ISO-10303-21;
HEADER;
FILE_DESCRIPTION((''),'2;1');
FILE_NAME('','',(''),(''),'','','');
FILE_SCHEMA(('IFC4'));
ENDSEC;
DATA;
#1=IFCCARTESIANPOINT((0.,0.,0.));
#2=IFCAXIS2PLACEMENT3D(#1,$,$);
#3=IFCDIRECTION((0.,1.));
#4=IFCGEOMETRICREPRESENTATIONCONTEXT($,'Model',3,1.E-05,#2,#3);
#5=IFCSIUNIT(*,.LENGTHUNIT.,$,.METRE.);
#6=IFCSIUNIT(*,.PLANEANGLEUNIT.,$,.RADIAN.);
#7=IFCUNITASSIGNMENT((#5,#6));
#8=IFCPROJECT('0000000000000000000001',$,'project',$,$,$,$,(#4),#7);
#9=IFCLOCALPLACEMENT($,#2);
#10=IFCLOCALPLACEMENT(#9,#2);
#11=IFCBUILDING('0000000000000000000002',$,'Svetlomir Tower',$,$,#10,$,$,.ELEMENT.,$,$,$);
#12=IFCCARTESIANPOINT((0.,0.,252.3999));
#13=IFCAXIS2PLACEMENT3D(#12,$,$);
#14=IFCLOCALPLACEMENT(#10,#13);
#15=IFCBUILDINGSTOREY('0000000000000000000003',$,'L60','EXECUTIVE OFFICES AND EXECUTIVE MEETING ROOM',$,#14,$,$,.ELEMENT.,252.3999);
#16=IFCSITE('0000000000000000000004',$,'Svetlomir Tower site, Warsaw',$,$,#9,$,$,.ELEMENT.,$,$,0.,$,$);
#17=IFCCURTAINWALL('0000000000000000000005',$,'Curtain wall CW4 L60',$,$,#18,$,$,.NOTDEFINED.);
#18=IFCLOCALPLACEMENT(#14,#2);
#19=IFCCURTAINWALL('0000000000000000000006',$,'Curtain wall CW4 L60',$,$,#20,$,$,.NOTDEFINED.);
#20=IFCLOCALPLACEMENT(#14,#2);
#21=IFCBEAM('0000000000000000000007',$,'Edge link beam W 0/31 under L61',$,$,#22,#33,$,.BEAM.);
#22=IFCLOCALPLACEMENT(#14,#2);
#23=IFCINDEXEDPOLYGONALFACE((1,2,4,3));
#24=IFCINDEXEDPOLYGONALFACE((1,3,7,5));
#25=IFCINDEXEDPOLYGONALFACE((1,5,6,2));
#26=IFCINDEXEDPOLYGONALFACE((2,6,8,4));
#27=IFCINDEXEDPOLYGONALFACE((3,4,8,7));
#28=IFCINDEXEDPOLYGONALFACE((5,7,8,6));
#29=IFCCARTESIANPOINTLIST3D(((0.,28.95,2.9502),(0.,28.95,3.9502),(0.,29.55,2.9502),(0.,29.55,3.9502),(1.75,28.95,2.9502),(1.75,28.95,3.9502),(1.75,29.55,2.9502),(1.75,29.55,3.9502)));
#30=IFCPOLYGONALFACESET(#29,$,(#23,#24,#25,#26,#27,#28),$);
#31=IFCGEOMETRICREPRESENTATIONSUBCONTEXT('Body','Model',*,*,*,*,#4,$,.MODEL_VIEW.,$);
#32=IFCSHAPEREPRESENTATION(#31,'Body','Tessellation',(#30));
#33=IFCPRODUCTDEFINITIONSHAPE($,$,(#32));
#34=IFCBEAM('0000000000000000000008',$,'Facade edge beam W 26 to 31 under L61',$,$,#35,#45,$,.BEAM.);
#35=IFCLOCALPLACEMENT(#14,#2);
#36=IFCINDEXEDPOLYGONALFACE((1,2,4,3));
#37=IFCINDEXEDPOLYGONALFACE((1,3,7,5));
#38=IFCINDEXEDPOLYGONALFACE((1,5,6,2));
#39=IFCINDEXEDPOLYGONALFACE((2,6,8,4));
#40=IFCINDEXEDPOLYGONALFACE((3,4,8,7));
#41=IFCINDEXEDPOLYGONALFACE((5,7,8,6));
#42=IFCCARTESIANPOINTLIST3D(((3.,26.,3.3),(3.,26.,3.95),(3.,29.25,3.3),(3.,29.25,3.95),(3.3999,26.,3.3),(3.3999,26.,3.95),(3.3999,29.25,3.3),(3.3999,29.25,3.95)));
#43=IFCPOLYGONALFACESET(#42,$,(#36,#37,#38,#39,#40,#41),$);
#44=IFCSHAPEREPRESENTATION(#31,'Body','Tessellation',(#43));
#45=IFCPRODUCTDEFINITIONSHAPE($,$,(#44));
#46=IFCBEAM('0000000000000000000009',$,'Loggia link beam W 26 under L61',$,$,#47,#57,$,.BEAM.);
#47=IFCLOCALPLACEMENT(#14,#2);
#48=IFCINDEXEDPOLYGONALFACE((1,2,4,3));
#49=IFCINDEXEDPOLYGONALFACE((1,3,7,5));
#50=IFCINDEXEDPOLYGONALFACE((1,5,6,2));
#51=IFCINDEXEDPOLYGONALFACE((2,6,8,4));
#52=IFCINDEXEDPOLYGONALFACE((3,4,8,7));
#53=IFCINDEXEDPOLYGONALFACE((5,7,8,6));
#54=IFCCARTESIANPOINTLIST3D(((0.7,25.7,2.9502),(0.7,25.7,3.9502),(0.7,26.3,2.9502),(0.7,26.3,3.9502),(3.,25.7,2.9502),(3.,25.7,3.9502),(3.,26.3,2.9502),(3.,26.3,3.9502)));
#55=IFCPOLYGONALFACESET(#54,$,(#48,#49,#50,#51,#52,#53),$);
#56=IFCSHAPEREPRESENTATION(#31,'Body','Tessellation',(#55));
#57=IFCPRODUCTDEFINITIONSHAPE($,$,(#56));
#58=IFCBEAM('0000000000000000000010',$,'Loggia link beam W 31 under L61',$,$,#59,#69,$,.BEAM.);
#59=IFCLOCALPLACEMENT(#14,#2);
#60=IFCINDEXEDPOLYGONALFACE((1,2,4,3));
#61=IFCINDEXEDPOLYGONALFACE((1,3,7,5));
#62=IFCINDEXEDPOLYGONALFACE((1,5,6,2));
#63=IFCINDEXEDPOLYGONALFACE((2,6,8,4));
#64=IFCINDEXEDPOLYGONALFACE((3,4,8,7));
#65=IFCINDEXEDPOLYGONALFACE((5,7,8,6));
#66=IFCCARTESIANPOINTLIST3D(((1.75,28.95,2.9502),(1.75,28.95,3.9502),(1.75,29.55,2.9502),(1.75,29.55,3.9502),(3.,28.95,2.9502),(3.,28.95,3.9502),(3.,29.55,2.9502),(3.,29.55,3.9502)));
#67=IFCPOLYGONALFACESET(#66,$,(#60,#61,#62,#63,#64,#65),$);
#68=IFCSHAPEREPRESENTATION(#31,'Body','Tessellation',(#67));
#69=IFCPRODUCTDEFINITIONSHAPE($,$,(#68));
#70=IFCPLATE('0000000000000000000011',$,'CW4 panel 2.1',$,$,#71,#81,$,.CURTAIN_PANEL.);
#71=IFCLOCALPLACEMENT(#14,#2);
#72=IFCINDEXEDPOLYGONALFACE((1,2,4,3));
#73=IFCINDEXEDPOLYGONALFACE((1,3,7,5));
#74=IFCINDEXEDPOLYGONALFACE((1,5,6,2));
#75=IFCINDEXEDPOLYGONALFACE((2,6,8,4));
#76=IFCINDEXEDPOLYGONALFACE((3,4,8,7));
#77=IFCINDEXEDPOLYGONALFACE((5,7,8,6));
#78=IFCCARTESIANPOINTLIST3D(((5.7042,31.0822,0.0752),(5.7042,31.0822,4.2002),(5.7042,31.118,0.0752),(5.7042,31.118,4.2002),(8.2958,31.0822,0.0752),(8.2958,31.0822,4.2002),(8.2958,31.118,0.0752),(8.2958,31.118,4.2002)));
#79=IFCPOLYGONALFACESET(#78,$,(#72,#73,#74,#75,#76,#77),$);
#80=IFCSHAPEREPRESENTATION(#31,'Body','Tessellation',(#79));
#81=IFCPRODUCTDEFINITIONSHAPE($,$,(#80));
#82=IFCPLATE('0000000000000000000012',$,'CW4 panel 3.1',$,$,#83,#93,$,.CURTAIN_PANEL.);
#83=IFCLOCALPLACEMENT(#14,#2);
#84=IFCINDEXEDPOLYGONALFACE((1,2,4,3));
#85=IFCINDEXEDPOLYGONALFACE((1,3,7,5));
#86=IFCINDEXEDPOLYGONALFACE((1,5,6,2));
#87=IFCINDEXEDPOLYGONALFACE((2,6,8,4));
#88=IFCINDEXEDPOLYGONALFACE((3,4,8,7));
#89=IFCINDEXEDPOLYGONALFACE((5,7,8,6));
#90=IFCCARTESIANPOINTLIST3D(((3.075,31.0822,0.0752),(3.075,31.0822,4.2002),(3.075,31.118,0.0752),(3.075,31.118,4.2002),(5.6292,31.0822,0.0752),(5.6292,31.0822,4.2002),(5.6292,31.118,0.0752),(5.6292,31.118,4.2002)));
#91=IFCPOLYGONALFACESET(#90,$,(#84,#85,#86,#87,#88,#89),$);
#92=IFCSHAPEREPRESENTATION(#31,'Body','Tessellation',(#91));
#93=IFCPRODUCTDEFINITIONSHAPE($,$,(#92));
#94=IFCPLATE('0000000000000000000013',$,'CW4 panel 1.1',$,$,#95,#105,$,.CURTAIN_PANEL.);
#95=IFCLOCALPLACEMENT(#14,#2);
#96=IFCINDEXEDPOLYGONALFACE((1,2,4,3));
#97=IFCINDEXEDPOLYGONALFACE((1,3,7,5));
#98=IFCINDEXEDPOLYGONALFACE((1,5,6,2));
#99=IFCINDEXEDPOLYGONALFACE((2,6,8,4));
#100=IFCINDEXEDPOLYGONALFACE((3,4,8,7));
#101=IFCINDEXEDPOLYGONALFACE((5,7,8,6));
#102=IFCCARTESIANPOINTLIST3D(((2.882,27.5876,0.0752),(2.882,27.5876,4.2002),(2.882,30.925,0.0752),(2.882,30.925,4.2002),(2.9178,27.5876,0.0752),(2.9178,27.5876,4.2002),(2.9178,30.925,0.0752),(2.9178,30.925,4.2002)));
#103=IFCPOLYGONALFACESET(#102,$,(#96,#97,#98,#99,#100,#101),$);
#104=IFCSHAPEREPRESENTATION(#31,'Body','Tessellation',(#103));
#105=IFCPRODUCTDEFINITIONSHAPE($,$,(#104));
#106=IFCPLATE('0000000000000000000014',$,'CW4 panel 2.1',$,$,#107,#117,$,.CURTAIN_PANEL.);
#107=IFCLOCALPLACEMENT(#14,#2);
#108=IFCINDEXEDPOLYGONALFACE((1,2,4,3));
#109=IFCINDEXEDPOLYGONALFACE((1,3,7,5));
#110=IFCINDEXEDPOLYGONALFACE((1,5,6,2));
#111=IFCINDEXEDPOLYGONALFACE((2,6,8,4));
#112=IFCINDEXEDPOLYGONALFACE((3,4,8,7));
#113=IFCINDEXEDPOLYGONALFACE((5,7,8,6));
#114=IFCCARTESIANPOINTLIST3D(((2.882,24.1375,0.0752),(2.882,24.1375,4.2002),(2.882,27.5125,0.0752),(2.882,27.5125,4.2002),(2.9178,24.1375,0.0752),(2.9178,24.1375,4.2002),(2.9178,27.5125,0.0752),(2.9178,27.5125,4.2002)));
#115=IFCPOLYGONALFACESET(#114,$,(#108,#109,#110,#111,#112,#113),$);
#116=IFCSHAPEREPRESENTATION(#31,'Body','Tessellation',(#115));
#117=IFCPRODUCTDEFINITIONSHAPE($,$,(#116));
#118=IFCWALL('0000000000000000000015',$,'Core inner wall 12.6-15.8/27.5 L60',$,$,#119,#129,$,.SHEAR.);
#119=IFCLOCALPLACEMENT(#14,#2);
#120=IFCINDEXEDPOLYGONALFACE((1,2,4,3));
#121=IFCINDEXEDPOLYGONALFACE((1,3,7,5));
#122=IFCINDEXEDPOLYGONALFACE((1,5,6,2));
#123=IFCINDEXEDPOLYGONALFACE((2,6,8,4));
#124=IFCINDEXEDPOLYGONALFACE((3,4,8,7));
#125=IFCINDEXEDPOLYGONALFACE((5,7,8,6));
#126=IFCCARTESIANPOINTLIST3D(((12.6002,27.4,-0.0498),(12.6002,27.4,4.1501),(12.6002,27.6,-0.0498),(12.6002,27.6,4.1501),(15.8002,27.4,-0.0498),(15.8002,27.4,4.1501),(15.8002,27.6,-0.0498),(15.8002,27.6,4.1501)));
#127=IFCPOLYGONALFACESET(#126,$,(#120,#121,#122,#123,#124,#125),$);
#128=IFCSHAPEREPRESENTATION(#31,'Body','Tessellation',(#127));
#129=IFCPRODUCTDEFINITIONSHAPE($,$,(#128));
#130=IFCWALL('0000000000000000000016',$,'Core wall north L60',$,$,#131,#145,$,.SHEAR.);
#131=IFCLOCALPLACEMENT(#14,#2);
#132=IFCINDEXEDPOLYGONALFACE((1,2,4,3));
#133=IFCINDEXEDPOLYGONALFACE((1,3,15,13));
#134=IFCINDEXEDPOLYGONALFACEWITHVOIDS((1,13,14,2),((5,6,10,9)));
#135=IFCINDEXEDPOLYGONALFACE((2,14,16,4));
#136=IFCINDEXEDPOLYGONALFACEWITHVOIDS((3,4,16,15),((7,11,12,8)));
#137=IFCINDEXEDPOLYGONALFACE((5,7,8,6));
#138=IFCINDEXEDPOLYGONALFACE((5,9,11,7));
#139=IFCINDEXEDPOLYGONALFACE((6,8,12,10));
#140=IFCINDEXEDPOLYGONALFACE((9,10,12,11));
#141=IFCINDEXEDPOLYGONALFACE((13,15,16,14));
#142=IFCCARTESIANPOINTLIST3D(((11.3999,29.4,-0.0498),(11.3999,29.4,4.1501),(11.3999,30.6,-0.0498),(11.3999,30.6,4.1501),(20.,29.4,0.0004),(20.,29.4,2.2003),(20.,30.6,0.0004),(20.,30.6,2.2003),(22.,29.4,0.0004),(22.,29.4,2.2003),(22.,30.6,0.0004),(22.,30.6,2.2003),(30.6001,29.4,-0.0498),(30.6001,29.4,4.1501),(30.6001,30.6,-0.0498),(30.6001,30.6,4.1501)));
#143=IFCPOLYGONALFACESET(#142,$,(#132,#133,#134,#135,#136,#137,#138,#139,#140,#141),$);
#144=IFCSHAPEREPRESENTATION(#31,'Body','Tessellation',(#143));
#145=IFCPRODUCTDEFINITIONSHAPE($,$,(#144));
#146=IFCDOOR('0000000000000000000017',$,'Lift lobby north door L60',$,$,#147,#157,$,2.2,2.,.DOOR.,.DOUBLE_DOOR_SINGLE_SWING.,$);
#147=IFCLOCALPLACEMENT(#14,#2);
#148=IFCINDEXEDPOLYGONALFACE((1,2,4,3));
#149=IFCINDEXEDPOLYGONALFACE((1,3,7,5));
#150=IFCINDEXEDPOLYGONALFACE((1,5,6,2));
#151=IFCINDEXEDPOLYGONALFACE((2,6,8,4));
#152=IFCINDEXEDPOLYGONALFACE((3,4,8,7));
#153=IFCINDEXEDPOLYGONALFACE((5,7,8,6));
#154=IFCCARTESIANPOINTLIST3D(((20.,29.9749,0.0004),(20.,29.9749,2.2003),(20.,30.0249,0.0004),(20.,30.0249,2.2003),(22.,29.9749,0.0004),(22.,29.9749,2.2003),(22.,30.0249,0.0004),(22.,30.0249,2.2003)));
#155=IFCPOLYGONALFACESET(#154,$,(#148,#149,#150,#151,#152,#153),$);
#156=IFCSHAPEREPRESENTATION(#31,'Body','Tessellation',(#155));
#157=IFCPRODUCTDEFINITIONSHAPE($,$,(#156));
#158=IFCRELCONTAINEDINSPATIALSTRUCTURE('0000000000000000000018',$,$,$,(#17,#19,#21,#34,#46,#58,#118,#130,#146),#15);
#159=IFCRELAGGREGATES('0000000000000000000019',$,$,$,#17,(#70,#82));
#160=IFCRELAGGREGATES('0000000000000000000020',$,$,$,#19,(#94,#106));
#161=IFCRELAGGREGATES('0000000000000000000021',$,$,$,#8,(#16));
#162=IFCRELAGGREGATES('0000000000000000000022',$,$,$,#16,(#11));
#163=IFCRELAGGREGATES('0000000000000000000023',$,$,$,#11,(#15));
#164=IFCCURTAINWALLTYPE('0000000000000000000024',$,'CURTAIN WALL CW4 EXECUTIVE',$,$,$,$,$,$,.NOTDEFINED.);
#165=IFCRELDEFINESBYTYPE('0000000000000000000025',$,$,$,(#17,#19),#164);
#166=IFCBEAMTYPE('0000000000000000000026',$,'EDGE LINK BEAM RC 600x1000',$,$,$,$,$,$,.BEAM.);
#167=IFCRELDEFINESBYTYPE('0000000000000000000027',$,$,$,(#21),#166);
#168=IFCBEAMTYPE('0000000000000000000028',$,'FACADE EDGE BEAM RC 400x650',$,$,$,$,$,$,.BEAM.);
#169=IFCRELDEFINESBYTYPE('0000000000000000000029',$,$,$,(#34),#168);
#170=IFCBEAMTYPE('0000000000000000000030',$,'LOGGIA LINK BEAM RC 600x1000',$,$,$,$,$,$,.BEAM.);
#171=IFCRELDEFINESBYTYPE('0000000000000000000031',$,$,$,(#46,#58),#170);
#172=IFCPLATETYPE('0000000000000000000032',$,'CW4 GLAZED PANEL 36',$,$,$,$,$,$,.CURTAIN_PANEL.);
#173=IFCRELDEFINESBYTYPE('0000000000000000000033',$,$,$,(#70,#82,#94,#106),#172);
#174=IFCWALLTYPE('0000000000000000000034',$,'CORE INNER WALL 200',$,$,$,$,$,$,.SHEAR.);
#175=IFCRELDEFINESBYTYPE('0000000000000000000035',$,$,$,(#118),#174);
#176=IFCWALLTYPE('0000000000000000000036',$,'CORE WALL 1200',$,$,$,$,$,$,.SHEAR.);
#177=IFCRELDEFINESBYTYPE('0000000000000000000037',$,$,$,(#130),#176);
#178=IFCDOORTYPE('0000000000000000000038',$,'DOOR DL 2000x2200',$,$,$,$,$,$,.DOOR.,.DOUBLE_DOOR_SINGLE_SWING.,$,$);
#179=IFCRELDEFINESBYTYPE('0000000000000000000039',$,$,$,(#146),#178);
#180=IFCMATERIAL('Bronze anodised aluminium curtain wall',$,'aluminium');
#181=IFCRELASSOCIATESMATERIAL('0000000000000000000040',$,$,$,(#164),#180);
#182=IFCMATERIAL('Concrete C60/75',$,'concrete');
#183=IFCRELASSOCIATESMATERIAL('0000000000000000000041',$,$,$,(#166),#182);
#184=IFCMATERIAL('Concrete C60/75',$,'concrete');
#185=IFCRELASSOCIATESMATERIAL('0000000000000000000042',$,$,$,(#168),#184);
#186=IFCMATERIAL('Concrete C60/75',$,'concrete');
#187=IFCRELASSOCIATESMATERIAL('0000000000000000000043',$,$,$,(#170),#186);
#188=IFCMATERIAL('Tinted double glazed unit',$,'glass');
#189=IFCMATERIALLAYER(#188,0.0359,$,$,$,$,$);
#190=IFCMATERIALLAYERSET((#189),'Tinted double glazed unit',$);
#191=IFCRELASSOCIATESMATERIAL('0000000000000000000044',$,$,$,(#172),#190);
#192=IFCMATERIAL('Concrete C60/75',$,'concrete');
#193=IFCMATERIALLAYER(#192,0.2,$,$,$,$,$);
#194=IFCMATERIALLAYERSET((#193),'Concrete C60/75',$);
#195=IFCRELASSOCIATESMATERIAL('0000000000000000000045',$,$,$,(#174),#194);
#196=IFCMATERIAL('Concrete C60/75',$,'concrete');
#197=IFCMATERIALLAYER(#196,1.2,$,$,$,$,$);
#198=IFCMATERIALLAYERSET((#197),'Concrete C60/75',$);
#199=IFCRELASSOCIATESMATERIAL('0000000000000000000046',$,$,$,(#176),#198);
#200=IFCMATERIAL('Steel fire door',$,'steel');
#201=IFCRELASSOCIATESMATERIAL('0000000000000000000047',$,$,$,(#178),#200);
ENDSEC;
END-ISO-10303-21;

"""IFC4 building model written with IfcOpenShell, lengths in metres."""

from ifc_helpers import new_model, si_unit, direction, frame, frame_2d, origin, origin_2d, place, context, subcontext, project, spatial, rectangle, extrude, material, layer, layer_set, material_profile, profile_set, type_object, element, fill, aggregate, save


model = new_model("IFC4")

# Units and contexts
model_context = context("Model", 3, precision=1e-05, world=origin(), true_north=direction((0.0, 1.0)))
body_context = subcontext(model_context, "Body", "Model", "MODEL_VIEW")
ifc_project = project(units=[si_unit("LENGTHUNIT", "METRE"), si_unit("PLANEANGLEUNIT", "RADIAN")], contexts=[model_context])

# Site, building, storey
site_placement = place(None, origin())
site = spatial("IfcSite", under=ifc_project, at=site_placement, Name="Svetlomir Tower site, Warsaw", CompositionType="ELEMENT", RefElevation=0.0)
building_placement = place(site_placement, origin())
building = spatial("IfcBuilding", under=site, at=building_placement, Name="Svetlomir Tower", CompositionType="ELEMENT")
storey_placement = place(building_placement, frame((0.0, 0.0, 252.3999)))
storey = spatial("IfcBuildingStorey", under=building, at=storey_placement, Name="L60", Description="EXECUTIVE OFFICES AND EXECUTIVE MEETING ROOM", CompositionType="ELEMENT", Elevation=252.3999)

# Shared definitions
ifc_material_1 = material(Name="Bronze anodised aluminium curtain wall", Category="aluminium")
curtain_wall_type = type_object("IfcCurtainWallType", Name="CURTAIN WALL CW4 EXECUTIVE", PredefinedType="NOTDEFINED", material=ifc_material_1)

# Curtain walls
curtain_wall_1_placement = place(storey_placement, origin())
curtain_wall_1 = element("IfcCurtainWall", 1, at=curtain_wall_1_placement, inside=storey, type_object=curtain_wall_type, Name="Curtain wall CW4 L60", PredefinedType="NOTDEFINED")
curtain_wall_2_placement = place(storey_placement, origin())
curtain_wall_2 = element("IfcCurtainWall", 2, at=curtain_wall_2_placement, inside=storey, type_object=curtain_wall_type, Name="Curtain wall CW4 L60", PredefinedType="NOTDEFINED")

# Beams
ifc_material_2 = material(Name="Concrete C60/75", Category="concrete")
ifc_material_profile_1 = material_profile(ifc_material_2, rectangle(XDim=0.6001, YDim=1.0, at=origin_2d()), Name="RC 600x1000")
ifc_profile_set_1 = profile_set([ifc_material_profile_1], Name="Concrete C60/75")
beam_type_1 = type_object("IfcBeamType", Name="EDGE LINK BEAM RC 600x1000", PredefinedType="BEAM", material=ifc_profile_set_1)
beam_1_placement = place(storey_placement, frame((1.75, 29.25, 3.4502), z_axis=(-1.0, 0.0, 0.0), x_axis=(0.0, -1.0, 0.0)))
element("IfcBeam", 3, at=beam_1_placement, inside=storey, type_object=beam_type_1, Name="Edge link beam W 0/31 under L61", PredefinedType="BEAM", context=body_context, shape_type="SweptSolid", body=[
    extrude(rectangle(XDim=0.6001, YDim=1.0, at=origin_2d()), origin(), (0.0, 0.0, 1.0), 1.75),
])
ifc_material_3 = material(Name="Concrete C60/75", Category="concrete")
ifc_material_profile_2 = material_profile(ifc_material_3, rectangle(XDim=0.3999, YDim=0.6499, at=origin_2d()), Name="RC 400x650")
ifc_profile_set_2 = profile_set([ifc_material_profile_2], Name="Concrete C60/75")
beam_type_2 = type_object("IfcBeamType", Name="FACADE EDGE BEAM RC 400x650", PredefinedType="BEAM", material=ifc_profile_set_2)
beam_2_placement = place(storey_placement, frame((3.2, 26.0, 3.625), z_axis=(0.0, 1.0, 0.0), x_axis=(-1.0, 0.0, 0.0)))
element("IfcBeam", 4, at=beam_2_placement, inside=storey, type_object=beam_type_2, Name="Facade edge beam W 26 to 31 under L61", PredefinedType="BEAM", context=body_context, shape_type="SweptSolid", body=[
    extrude(rectangle(XDim=0.3999, YDim=0.6499, at=origin_2d()), origin(), (0.0, 0.0, 1.0), 3.25),
])
ifc_material_4 = material(Name="Concrete C60/75", Category="concrete")
ifc_material_profile_3 = material_profile(ifc_material_4, rectangle(XDim=0.6001, YDim=1.0, at=origin_2d()), Name="RC 600x1000")
ifc_profile_set_3 = profile_set([ifc_material_profile_3], Name="Concrete C60/75")
beam_type_3 = type_object("IfcBeamType", Name="LOGGIA LINK BEAM RC 600x1000", PredefinedType="BEAM", material=ifc_profile_set_3)
beam_3_placement = place(storey_placement, frame((0.7, 26.0, 3.4502), z_axis=(1.0, 0.0, 0.0), x_axis=(0.0, 1.0, 0.0)))
element("IfcBeam", 5, at=beam_3_placement, inside=storey, type_object=beam_type_3, Name="Loggia link beam W 26 under L61", PredefinedType="BEAM", context=body_context, shape_type="SweptSolid", body=[
    extrude(rectangle(XDim=0.6001, YDim=1.0, at=origin_2d()), origin(), (0.0, 0.0, 1.0), 2.3),
])
beam_4_placement = place(storey_placement, frame((1.75, 29.25, 3.4502), z_axis=(1.0, 0.0, 0.0), x_axis=(0.0, 1.0, 0.0)))
element("IfcBeam", 6, at=beam_4_placement, inside=storey, type_object=beam_type_3, Name="Loggia link beam W 31 under L61", PredefinedType="BEAM", context=body_context, shape_type="SweptSolid", body=[
    extrude(rectangle(XDim=0.6001, YDim=1.0, at=origin_2d()), origin(), (0.0, 0.0, 1.0), 1.25),
])

# Plates
ifc_material_5 = material(Name="Tinted double glazed unit", Category="glass")
ifc_layer_1 = layer(ifc_material_5, 0.0359)
ifc_layer_set_1 = layer_set([ifc_layer_1], Name="Tinted double glazed unit")
plate_type = type_object("IfcPlateType", Name="CW4 GLAZED PANEL 36", PredefinedType="CURTAIN_PANEL", material=ifc_layer_set_1)
plate_1_placement = place(storey_placement, frame((7.0, 31.1001, 0.0752), z_axis=(0.0, 0.0, 1.0), x_axis=(-1.0, 0.0, 0.0)))
plate_1 = element("IfcPlate", 7, at=plate_1_placement, type_object=plate_type, Name="CW4 panel 2.1", PredefinedType="CURTAIN_PANEL", context=body_context, shape_type="SweptSolid", body=[
    extrude(rectangle(XDim=2.5916, YDim=0.0359, at=origin_2d()), origin(), (0.0, 0.0, 1.0), 4.125),
])
plate_2_placement = place(storey_placement, frame((4.3521, 31.1001, 0.0752), z_axis=(0.0, 0.0, 1.0), x_axis=(-1.0, 0.0, 0.0)))
plate_2 = element("IfcPlate", 8, at=plate_2_placement, type_object=plate_type, Name="CW4 panel 3.1", PredefinedType="CURTAIN_PANEL", context=body_context, shape_type="SweptSolid", body=[
    extrude(rectangle(XDim=2.5542, YDim=0.0359, at=origin_2d()), origin(), (0.0, 0.0, 1.0), 4.125),
])
aggregate(curtain_wall_1, [plate_1, plate_2])
plate_3_placement = place(storey_placement, frame((2.8999, 29.2563, 0.0752), z_axis=(0.0, 0.0, 1.0), x_axis=(0.0, -1.0, 0.0)))
plate_3 = element("IfcPlate", 9, at=plate_3_placement, type_object=plate_type, Name="CW4 panel 1.1", PredefinedType="CURTAIN_PANEL", context=body_context, shape_type="SweptSolid", body=[
    extrude(rectangle(XDim=3.3374, YDim=0.0359, at=origin_2d()), origin(), (0.0, 0.0, 1.0), 4.125),
])
plate_4_placement = place(storey_placement, frame((2.8999, 25.825, 0.0752), z_axis=(0.0, 0.0, 1.0), x_axis=(0.0, -1.0, 0.0)))
plate_4 = element("IfcPlate", 10, at=plate_4_placement, type_object=plate_type, Name="CW4 panel 2.1", PredefinedType="CURTAIN_PANEL", context=body_context, shape_type="SweptSolid", body=[
    extrude(rectangle(XDim=3.375, YDim=0.0359, at=origin_2d()), origin(), (0.0, 0.0, 1.0), 4.125),
])
aggregate(curtain_wall_2, [plate_3, plate_4])

# Wall
ifc_material_6 = material(Name="Concrete C60/75", Category="concrete")
ifc_layer_2 = layer(ifc_material_6, 0.2)
ifc_layer_set_2 = layer_set([ifc_layer_2], Name="Concrete C60/75")
wall_type_1 = type_object("IfcWallType", Name="CORE INNER WALL 200", PredefinedType="SHEAR", material=ifc_layer_set_2)
wall_1_placement = place(storey_placement, frame((12.6001, 27.5, -0.0498), z_axis=(0.0, 0.0, 1.0), x_axis=(1.0, 0.0, 0.0)))
element("IfcWall", 11, at=wall_1_placement, inside=storey, type_object=wall_type_1, Name="Core inner wall 12.6-15.8/27.5 L60", PredefinedType="SHEAR", context=body_context, shape_type="SweptSolid", body=[
    extrude(rectangle(XDim=3.2, YDim=0.2, at=frame_2d((1.6001, 0.0))), origin(), (0.0, 0.0, 1.0), 4.2),
])

# Wall, opening, door
ifc_material_7 = material(Name="Concrete C60/75", Category="concrete")
ifc_layer_3 = layer(ifc_material_7, 1.2)
ifc_layer_set_3 = layer_set([ifc_layer_3], Name="Concrete C60/75")
wall_type_2 = type_object("IfcWallType", Name="CORE WALL 1200", PredefinedType="SHEAR", material=ifc_layer_set_3)
wall_2_placement = place(storey_placement, frame((11.3999, 30.0, -0.0498), z_axis=(0.0, 0.0, 1.0), x_axis=(1.0, 0.0, 0.0)))
wall_2 = element("IfcWall", 12, at=wall_2_placement, inside=storey, type_object=wall_type_2, Name="Core wall north L60", PredefinedType="SHEAR", context=body_context, shape_type="SweptSolid", body=[
    extrude(rectangle(XDim=19.2002, YDim=1.2, at=frame_2d((9.6001, 0.0))), origin(), (0.0, 0.0, 1.0), 4.2),
])
opening_1_placement = place(wall_2_placement, frame((8.6001, 0.0, 0.05)))
opening_1 = element("IfcOpeningElement", 13, at=opening_1_placement, cuts=wall_2, PredefinedType="OPENING", context=body_context, shape_type="SweptSolid", body=[
    extrude(rectangle(XDim=2.0, YDim=2.2, at=frame_2d((1.0, 1.1001))), frame((0.0, 0.6099, 0.0), z_axis=(0.0, -1.0, 0.0), x_axis=(1.0, 0.0, 0.0)), (0.0, 0.0, 1.0), 1.22),
])
ifc_material_8 = material(Name="Steel fire door", Category="steel")
door_type_1 = type_object("IfcDoorType", Name="DOOR DL 2000x2200", OperationType="DOUBLE_DOOR_SINGLE_SWING", PredefinedType="DOOR", material=ifc_material_8)
door_1_placement = place(opening_1_placement, origin())
door_1 = element("IfcDoor", 14, at=door_1_placement, inside=storey, type_object=door_type_1, Name="Lift lobby north door L60", OperationType="DOUBLE_DOOR_SINGLE_SWING", OverallHeight=2.2, OverallWidth=2.0, PredefinedType="DOOR", context=body_context, shape_type="SweptSolid", body=[
    extrude(rectangle(XDim=2.0, YDim=2.2, at=frame_2d((1.0, 1.1001))), frame((0.0, 0.0249, 0.0), z_axis=(0.0, -1.0, 0.0), x_axis=(1.0, 0.0, 0.0)), (0.0, 0.0, 1.0), 0.05),
])
fill(opening_1, door_1)

save(model, "model.ifc")
